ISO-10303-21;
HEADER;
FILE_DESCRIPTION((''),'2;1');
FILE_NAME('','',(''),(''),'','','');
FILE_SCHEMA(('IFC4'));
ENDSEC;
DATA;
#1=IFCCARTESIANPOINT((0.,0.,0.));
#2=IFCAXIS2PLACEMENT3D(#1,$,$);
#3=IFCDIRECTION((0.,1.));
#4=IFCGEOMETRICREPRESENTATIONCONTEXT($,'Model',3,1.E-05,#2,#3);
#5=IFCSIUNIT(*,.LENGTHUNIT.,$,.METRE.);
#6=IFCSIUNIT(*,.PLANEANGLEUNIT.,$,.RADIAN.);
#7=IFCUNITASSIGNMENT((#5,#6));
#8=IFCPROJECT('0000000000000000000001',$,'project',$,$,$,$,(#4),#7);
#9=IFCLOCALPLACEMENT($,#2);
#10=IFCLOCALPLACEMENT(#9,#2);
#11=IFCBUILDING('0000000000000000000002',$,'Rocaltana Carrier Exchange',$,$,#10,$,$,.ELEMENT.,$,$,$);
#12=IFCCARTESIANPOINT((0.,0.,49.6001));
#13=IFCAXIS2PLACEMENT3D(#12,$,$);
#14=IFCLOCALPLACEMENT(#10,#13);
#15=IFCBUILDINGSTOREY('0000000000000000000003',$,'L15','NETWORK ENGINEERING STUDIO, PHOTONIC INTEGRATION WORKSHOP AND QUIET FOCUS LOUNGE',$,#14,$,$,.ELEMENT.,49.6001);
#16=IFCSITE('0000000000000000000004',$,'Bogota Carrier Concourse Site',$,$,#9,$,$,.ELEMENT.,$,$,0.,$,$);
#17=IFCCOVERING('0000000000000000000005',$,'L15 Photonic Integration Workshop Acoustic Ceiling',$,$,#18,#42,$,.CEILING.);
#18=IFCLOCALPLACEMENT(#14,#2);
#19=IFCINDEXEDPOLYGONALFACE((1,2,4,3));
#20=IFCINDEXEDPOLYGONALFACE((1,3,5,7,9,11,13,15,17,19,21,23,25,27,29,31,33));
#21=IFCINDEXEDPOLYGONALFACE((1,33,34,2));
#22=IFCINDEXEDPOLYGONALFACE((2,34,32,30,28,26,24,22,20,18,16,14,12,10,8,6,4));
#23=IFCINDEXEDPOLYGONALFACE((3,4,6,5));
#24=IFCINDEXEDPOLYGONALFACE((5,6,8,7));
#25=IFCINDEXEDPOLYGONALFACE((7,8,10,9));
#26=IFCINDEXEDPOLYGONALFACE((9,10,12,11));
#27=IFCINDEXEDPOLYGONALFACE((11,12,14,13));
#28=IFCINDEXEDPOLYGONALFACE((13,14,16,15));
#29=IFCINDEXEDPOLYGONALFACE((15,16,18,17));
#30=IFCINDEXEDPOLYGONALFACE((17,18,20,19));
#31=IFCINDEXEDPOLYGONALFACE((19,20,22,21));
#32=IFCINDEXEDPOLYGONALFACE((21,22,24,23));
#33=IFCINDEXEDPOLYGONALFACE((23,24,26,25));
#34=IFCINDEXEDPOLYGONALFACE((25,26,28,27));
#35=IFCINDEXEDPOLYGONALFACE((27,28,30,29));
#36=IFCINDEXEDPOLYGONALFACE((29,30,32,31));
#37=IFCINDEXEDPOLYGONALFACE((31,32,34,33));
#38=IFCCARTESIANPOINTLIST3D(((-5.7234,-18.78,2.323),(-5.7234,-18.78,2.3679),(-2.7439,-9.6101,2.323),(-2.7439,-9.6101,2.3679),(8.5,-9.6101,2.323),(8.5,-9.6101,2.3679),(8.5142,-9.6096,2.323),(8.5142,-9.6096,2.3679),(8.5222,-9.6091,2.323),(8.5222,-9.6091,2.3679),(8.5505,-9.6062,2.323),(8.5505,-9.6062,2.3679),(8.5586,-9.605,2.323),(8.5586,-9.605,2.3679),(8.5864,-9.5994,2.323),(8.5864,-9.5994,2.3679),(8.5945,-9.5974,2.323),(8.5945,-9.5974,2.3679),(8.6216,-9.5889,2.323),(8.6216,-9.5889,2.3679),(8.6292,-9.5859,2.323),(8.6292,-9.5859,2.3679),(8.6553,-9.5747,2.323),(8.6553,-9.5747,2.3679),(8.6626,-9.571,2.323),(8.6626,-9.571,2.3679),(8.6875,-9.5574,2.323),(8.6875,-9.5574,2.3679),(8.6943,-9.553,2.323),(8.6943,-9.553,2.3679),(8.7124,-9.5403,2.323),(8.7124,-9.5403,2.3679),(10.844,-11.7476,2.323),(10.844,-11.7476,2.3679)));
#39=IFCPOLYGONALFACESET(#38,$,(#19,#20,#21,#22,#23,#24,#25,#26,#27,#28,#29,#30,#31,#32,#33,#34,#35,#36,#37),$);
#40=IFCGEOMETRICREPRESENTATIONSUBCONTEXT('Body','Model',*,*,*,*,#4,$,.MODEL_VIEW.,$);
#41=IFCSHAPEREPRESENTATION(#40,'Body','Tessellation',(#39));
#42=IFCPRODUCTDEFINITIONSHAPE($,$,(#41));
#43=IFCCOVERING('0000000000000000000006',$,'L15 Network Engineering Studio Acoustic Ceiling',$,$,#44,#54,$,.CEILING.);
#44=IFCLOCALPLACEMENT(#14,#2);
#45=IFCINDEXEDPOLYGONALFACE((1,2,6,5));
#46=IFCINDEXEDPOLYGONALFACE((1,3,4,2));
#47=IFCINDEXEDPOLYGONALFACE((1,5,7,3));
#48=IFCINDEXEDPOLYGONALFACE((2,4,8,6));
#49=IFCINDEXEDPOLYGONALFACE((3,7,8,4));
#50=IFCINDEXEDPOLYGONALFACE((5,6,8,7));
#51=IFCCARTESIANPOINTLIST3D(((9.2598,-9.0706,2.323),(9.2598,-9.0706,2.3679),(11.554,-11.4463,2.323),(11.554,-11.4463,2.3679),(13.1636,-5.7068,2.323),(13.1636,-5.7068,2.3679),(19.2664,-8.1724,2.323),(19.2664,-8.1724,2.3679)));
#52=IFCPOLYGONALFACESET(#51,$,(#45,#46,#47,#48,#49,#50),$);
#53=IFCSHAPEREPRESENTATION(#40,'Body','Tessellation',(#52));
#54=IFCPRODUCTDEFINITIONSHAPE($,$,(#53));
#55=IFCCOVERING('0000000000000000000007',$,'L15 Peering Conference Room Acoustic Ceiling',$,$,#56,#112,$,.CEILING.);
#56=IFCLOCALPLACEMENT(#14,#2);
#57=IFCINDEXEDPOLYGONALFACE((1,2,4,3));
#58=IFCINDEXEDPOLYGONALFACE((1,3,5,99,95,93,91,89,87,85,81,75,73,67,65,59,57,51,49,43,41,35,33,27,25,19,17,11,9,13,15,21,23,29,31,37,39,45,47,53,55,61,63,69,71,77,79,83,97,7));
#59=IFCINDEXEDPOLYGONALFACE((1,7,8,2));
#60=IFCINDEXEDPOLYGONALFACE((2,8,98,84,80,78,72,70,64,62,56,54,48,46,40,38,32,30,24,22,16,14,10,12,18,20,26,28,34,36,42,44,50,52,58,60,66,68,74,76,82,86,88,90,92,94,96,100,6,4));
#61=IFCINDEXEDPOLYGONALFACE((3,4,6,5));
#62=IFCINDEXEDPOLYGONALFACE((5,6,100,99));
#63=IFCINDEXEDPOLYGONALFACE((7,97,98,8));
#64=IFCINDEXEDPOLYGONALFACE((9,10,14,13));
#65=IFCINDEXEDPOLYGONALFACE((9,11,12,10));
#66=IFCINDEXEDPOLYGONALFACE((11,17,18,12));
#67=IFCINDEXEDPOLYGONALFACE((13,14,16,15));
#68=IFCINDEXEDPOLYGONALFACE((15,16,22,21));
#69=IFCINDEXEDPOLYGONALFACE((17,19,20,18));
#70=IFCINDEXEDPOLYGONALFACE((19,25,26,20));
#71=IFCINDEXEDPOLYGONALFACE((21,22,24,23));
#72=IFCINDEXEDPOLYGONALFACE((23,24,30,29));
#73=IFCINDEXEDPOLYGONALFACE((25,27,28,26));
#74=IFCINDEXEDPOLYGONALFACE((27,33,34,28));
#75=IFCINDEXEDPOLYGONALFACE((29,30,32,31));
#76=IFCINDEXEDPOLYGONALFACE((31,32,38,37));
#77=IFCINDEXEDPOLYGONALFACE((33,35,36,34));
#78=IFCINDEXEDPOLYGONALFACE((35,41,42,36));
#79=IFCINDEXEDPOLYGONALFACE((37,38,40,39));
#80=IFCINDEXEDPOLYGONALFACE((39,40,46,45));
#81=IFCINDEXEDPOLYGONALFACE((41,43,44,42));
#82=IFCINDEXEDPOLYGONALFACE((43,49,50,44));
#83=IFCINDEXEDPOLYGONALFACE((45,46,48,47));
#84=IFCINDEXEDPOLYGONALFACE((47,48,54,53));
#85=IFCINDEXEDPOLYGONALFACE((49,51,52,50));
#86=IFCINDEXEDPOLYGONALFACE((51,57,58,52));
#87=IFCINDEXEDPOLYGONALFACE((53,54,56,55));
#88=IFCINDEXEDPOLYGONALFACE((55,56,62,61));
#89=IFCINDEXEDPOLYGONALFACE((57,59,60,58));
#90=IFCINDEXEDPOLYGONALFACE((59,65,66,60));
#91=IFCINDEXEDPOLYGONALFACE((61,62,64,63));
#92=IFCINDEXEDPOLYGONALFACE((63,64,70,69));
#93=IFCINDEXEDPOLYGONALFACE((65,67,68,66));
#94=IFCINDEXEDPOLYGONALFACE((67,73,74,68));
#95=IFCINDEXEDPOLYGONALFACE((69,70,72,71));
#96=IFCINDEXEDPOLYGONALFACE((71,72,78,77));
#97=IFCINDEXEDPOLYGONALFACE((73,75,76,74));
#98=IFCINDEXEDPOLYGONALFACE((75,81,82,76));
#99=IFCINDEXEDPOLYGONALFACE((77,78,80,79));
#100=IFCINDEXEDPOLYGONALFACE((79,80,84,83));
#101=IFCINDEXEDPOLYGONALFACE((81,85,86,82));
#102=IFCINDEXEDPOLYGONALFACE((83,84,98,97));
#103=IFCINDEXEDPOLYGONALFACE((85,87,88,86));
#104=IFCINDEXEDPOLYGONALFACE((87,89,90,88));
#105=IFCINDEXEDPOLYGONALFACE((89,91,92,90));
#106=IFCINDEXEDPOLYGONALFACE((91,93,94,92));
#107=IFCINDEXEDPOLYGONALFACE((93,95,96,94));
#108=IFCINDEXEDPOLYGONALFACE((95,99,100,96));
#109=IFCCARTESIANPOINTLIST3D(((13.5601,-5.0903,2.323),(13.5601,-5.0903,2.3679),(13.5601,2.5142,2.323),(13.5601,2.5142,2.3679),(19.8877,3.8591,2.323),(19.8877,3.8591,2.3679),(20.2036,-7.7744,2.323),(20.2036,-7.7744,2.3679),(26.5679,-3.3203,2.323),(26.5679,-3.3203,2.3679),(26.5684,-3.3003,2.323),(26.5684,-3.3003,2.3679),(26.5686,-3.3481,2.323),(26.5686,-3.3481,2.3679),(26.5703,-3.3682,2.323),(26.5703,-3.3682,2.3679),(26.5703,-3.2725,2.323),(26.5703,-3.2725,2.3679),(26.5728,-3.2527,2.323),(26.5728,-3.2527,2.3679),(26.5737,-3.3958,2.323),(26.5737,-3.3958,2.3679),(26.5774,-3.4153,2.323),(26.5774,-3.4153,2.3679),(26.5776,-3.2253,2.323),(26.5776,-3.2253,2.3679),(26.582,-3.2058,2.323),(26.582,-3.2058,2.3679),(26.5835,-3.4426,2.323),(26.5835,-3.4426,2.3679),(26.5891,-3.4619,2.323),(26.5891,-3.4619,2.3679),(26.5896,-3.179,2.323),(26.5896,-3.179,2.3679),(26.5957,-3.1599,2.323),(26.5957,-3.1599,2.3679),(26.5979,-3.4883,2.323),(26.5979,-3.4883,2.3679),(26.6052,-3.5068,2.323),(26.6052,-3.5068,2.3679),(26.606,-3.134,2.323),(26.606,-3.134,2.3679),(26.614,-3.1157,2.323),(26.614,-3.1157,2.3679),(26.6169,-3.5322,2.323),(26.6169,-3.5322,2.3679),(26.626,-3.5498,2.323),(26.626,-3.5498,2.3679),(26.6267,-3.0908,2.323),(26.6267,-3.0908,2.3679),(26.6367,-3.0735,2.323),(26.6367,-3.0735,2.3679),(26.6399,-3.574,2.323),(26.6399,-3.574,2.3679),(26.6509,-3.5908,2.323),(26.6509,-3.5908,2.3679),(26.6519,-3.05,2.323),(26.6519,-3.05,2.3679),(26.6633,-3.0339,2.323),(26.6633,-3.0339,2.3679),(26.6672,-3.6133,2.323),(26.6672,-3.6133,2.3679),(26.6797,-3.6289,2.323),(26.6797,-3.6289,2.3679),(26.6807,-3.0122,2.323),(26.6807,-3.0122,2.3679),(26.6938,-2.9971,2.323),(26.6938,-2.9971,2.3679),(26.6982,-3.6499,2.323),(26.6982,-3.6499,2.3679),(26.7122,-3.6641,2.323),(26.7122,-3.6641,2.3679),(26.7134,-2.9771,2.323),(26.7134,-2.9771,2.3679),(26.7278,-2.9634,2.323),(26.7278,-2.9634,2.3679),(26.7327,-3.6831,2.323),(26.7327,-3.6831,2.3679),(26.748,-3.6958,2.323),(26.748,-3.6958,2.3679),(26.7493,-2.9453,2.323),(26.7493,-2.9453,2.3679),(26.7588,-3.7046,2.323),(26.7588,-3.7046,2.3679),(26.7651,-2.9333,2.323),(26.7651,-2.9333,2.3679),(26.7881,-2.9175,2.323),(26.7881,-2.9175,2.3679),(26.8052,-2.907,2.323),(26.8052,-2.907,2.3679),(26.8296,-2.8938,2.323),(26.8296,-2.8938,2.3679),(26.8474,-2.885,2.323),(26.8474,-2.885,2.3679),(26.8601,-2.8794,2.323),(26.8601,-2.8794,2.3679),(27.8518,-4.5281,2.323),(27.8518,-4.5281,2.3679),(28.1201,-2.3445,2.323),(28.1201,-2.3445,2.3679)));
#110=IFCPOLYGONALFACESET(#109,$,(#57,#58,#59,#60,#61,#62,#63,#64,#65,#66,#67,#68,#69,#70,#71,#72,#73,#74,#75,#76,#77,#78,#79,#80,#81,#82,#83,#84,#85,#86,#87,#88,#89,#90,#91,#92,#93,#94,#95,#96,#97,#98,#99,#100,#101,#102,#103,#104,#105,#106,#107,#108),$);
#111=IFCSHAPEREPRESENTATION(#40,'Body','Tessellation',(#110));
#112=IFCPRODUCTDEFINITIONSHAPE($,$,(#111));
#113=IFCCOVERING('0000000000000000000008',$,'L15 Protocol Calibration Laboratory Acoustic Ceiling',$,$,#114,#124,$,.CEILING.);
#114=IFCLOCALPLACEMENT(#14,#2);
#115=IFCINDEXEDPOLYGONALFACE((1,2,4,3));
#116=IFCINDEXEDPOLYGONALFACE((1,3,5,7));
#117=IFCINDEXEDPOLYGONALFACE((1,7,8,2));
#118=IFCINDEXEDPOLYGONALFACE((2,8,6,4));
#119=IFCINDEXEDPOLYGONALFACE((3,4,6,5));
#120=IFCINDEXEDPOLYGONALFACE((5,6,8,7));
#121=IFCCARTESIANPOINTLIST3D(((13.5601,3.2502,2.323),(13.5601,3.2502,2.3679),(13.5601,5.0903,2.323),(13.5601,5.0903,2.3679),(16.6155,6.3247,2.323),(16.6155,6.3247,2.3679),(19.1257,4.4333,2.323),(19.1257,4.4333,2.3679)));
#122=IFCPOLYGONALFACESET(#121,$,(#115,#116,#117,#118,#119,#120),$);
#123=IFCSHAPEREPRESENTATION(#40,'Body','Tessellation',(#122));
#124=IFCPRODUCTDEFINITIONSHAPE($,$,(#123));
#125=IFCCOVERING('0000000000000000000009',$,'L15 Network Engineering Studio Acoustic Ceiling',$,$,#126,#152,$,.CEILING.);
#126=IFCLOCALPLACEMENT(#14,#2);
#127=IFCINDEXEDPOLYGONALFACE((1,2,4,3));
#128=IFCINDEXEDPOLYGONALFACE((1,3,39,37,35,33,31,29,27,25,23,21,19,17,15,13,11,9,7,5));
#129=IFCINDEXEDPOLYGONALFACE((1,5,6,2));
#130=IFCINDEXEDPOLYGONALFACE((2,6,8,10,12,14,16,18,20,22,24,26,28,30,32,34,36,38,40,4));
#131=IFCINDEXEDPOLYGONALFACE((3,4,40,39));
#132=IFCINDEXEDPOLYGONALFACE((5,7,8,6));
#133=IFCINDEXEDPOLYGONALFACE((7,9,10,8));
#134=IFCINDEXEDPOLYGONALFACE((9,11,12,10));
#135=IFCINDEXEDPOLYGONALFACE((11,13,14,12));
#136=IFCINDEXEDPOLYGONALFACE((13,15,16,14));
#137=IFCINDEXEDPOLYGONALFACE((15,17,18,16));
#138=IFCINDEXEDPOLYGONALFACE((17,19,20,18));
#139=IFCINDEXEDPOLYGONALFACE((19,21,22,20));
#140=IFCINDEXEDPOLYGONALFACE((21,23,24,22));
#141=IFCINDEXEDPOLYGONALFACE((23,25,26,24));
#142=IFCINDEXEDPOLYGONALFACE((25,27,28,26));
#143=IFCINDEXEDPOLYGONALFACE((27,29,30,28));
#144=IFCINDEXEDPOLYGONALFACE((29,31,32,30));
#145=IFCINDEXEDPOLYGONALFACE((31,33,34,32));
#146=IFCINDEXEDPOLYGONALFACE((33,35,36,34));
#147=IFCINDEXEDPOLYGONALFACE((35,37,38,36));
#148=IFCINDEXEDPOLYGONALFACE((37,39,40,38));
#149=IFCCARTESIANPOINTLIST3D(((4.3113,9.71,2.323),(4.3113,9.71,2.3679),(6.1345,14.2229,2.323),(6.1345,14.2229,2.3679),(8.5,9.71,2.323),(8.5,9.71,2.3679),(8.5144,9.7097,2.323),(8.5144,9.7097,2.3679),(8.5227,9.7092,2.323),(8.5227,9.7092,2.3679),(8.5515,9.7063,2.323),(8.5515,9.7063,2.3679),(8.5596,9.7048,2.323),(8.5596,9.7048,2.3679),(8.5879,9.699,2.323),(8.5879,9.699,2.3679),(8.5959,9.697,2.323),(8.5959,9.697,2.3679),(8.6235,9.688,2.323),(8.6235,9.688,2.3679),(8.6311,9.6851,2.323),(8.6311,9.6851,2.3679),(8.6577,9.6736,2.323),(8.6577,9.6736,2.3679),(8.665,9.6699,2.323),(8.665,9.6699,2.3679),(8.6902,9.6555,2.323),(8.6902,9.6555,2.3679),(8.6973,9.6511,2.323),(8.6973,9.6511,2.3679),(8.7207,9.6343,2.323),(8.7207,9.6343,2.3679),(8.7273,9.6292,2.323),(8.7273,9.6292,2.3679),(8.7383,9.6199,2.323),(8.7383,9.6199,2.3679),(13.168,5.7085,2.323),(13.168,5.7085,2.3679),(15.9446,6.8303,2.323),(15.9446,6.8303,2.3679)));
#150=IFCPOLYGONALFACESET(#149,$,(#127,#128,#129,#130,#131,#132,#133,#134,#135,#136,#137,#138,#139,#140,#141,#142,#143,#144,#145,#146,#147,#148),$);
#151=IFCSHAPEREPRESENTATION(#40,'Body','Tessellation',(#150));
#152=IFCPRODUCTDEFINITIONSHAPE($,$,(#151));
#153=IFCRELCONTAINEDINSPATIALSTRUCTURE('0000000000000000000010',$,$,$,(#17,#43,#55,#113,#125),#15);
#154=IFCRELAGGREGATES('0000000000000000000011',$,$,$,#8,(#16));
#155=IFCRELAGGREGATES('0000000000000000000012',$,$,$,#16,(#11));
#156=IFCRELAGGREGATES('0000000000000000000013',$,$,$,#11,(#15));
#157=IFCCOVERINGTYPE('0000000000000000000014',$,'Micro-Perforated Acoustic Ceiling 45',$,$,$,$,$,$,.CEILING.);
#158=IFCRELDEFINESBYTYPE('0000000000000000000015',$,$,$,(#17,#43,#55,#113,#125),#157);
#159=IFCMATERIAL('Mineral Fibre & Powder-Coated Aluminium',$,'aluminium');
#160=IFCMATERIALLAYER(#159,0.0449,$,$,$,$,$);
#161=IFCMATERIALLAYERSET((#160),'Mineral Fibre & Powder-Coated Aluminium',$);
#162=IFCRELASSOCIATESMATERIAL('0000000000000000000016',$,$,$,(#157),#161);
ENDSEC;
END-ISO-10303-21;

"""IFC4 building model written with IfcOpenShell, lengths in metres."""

from ifc_helpers import new_model, si_unit, direction, frame, origin, place, context, subcontext, project, spatial, polyline, outline, extrude, material, layer, layer_set, type_object, element, save


model = new_model("IFC4")

# Units and contexts
model_context = context("Model", 3, precision=1e-05, world=origin(), true_north=direction((0.0, 1.0)))
body_context = subcontext(model_context, "Body", "Model", "MODEL_VIEW")
ifc_project = project(units=[si_unit("LENGTHUNIT", "METRE"), si_unit("PLANEANGLEUNIT", "RADIAN")], contexts=[model_context])

# Site, building, storey
site_placement = place(None, origin())
site = spatial("IfcSite", under=ifc_project, at=site_placement, Name="Bogota Carrier Concourse Site", CompositionType="ELEMENT", RefElevation=0.0)
building_placement = place(site_placement, origin())
building = spatial("IfcBuilding", under=site, at=building_placement, Name="Rocaltana Carrier Exchange", CompositionType="ELEMENT")
storey_placement = place(building_placement, frame((0.0, 0.0, 49.6001)))
storey = spatial("IfcBuildingStorey", under=building, at=storey_placement, Name="L15", Description="NETWORK ENGINEERING STUDIO, PHOTONIC INTEGRATION WORKSHOP AND QUIET FOCUS LOUNGE", CompositionType="ELEMENT", Elevation=49.6001)

# Coverings
ifc_material_1 = material(Name="Mineral Fibre & Powder-Coated Aluminium", Category="aluminium")
ifc_layer_1 = layer(ifc_material_1, 0.0449)
ifc_layer_set_1 = layer_set([ifc_layer_1], Name="Mineral Fibre & Powder-Coated Aluminium")
covering_type_1 = type_object("IfcCoveringType", Name="Micro-Perforated Acoustic Ceiling 45", PredefinedType="CEILING", material=ifc_layer_set_1)
covering_1_placement = place(storey_placement, frame((0.0, 0.0, 2.323)))
element("IfcCovering", 1, at=covering_1_placement, inside=storey, type_object=covering_type_1, Name="L15 Photonic Integration Workshop Acoustic Ceiling", PredefinedType="CEILING", context=body_context, shape_type="SweptSolid", body=[
    extrude(outline(polyline([(-5.7234, -18.78), (-2.7439, -9.6101), (8.5, -9.6101), (8.5142, -9.6096), (8.5222, -9.6091), (8.5505, -9.6062), (8.5586, -9.605), (8.5864, -9.5994), (8.5945, -9.5974), (8.6216, -9.5889), (8.6292, -9.5859), (8.6553, -9.5747), (8.6626, -9.571), (8.6875, -9.5574), (8.6943, -9.553), (8.7124, -9.5403), (10.844, -11.7476), (-5.7234, -18.78)])), origin(), (0.0, 0.0, 1.0), 0.0449),
])
covering_2_placement = place(storey_placement, frame((0.0, 0.0, 2.323)))
element("IfcCovering", 2, at=covering_2_placement, inside=storey, type_object=covering_type_1, Name="L15 Network Engineering Studio Acoustic Ceiling", PredefinedType="CEILING", context=body_context, shape_type="SweptSolid", body=[
    extrude(outline(polyline([(11.554, -11.4463), (9.2598, -9.0706), (13.1636, -5.7068), (19.2664, -8.1724), (11.554, -11.4463)])), origin(), (0.0, 0.0, 1.0), 0.0449),
])
covering_3_placement = place(storey_placement, frame((0.0, 0.0, 2.323)))
element("IfcCovering", 3, at=covering_3_placement, inside=storey, type_object=covering_type_1, Name="L15 Peering Conference Room Acoustic Ceiling", PredefinedType="CEILING", context=body_context, shape_type="SweptSolid", body=[
    extrude(outline(polyline([(13.5601, -5.0903), (13.5601, 2.5142), (19.8877, 3.8591), (28.1201, -2.3445), (26.8601, -2.8794), (26.8474, -2.885), (26.8296, -2.8938), (26.8052, -2.907), (26.7881, -2.9175), (26.7651, -2.9333), (26.7493, -2.9453), (26.7278, -2.9634), (26.7134, -2.9771), (26.6938, -2.9971), (26.6807, -3.0122), (26.6633, -3.0339), (26.6519, -3.05), (26.6367, -3.0735), (26.6267, -3.0908), (26.614, -3.1157), (26.606, -3.134), (26.5957, -3.1599), (26.5896, -3.179), (26.582, -3.2058), (26.5776, -3.2253), (26.5728, -3.2527), (26.5703, -3.2725), (26.5684, -3.3003), (26.5679, -3.3203), (26.5686, -3.3481), (26.5703, -3.3682), (26.5737, -3.3958), (26.5774, -3.4153), (26.5835, -3.4426), (26.5891, -3.4619), (26.5979, -3.4883), (26.6052, -3.5068), (26.6169, -3.5322), (26.626, -3.5498), (26.6399, -3.574), (26.6509, -3.5908), (26.6672, -3.6133), (26.6797, -3.6289), (26.6982, -3.6499), (26.7122, -3.6641), (26.7327, -3.6831), (26.748, -3.6958), (26.7588, -3.7046), (27.8518, -4.5281), (20.2036, -7.7744), (13.5601, -5.0903)])), origin(), (0.0, 0.0, 1.0), 0.0449),
])
covering_4_placement = place(storey_placement, frame((0.0, 0.0, 2.323)))
element("IfcCovering", 4, at=covering_4_placement, inside=storey, type_object=covering_type_1, Name="L15 Protocol Calibration Laboratory Acoustic Ceiling", PredefinedType="CEILING", context=body_context, shape_type="SweptSolid", body=[
    extrude(outline(polyline([(13.5601, 5.0903), (16.6155, 6.3247), (19.1257, 4.4333), (13.5601, 3.2502), (13.5601, 5.0903)])), origin(), (0.0, 0.0, 1.0), 0.0449),
])
covering_5_placement = place(storey_placement, frame((0.0, 0.0, 2.323)))
element("IfcCovering", 5, at=covering_5_placement, inside=storey, type_object=covering_type_1, Name="L15 Network Engineering Studio Acoustic Ceiling", PredefinedType="CEILING", context=body_context, shape_type="SweptSolid", body=[
    extrude(outline(polyline([(15.9446, 6.8303), (13.168, 5.7085), (8.7383, 9.6199), (8.7273, 9.6292), (8.7207, 9.6343), (8.6973, 9.6511), (8.6902, 9.6555), (8.665, 9.6699), (8.6577, 9.6736), (8.6311, 9.6851), (8.6235, 9.688), (8.5959, 9.697), (8.5879, 9.699), (8.5596, 9.7048), (8.5515, 9.7063), (8.5227, 9.7092), (8.5144, 9.7097), (8.5, 9.71), (4.3113, 9.71), (6.1345, 14.2229), (15.9446, 6.8303)])), origin(), (0.0, 0.0, 1.0), 0.0449),
])

save(model, "model.ifc")
